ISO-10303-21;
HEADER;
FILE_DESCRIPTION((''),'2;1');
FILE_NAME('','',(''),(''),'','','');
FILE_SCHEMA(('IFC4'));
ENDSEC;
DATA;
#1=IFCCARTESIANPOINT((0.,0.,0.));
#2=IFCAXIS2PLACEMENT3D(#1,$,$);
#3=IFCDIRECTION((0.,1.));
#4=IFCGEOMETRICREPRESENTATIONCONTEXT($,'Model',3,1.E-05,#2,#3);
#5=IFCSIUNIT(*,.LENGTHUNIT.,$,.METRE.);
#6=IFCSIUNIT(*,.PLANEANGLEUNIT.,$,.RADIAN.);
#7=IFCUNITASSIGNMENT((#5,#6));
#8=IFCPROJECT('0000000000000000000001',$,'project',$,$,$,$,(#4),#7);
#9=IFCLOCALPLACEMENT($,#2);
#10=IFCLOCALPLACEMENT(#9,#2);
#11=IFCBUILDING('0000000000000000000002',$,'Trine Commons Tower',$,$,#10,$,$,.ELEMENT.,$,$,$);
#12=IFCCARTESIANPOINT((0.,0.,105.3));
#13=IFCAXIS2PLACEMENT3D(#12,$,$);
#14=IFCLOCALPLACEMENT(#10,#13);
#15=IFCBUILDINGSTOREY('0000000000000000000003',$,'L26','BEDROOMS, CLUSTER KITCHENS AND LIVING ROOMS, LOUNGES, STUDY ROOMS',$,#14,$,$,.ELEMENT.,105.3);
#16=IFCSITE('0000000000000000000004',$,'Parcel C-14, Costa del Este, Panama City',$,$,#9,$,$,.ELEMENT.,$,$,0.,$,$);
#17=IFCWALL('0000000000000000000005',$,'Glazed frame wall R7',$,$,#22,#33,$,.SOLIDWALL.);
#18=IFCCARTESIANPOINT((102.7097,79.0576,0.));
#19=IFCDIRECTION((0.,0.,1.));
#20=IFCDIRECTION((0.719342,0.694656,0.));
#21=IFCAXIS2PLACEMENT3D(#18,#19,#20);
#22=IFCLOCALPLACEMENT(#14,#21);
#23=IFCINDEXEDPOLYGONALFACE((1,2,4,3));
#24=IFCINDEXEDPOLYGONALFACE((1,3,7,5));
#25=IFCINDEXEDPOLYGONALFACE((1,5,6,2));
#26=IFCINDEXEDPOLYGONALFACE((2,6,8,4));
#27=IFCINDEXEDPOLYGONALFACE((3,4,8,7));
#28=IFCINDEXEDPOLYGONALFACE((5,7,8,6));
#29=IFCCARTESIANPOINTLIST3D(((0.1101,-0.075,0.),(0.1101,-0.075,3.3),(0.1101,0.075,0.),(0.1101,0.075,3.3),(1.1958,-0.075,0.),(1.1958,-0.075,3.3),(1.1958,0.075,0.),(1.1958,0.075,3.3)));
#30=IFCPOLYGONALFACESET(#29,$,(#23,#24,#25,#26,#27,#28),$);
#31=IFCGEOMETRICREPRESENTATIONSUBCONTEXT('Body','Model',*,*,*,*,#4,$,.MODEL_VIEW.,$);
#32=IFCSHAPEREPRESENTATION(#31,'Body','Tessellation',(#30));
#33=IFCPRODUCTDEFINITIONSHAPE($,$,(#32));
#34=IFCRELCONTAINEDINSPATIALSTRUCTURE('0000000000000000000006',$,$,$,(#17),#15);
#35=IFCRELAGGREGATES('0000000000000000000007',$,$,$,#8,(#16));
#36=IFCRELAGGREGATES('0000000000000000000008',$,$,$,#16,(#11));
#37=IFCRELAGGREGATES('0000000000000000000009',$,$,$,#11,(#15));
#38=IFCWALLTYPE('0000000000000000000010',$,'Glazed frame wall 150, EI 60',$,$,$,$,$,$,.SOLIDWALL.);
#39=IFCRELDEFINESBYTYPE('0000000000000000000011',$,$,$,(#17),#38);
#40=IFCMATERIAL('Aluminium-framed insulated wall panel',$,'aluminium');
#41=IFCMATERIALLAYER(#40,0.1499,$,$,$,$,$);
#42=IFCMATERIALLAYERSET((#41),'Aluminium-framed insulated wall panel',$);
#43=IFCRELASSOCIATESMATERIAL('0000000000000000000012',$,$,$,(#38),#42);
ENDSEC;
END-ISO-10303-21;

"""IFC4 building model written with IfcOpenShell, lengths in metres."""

from ifc_helpers import new_model, si_unit, direction, frame, origin, place, context, subcontext, project, spatial, polyline, outline, extrude, material, layer, layer_set, type_object, element, save


model = new_model("IFC4")

# Units and contexts
model_context = context("Model", 3, precision=1e-05, world=origin(), true_north=direction((0.0, 1.0)))
body_context = subcontext(model_context, "Body", "Model", "MODEL_VIEW")
ifc_project = project(units=[si_unit("LENGTHUNIT", "METRE"), si_unit("PLANEANGLEUNIT", "RADIAN")], contexts=[model_context])

# Site, building, storey
site_placement = place(None, origin())
site = spatial("IfcSite", under=ifc_project, at=site_placement, Name="Parcel C-14, Costa del Este, Panama City", CompositionType="ELEMENT", RefElevation=0.0)
building_placement = place(site_placement, origin())
building = spatial("IfcBuilding", under=site, at=building_placement, Name="Trine Commons Tower", CompositionType="ELEMENT")
storey_placement = place(building_placement, frame((0.0, 0.0, 105.3)))
storey = spatial("IfcBuildingStorey", under=building, at=storey_placement, Name="L26", Description="BEDROOMS, CLUSTER KITCHENS AND LIVING ROOMS, LOUNGES, STUDY ROOMS", CompositionType="ELEMENT", Elevation=105.3)

# Wall
ifc_material_1 = material(Name="Aluminium-framed insulated wall panel", Category="aluminium")
ifc_layer_1 = layer(ifc_material_1, 0.1499)
ifc_layer_set_1 = layer_set([ifc_layer_1], Name="Aluminium-framed insulated wall panel")
wall_type_1 = type_object("IfcWallType", Name="Glazed frame wall 150, EI 60", PredefinedType="SOLIDWALL", material=ifc_layer_set_1)
wall_1_placement = place(storey_placement, frame((102.7097, 79.0576, 0.0), z_axis=(0.0, 0.0, 1.0), x_axis=(0.719342, 0.694656, 0.0)))
element("IfcWall", 1, at=wall_1_placement, inside=storey, type_object=wall_type_1, Name="Glazed frame wall R7", PredefinedType="SOLIDWALL", context=body_context, shape_type="SweptSolid", body=[
    extrude(outline(polyline([(0.1101, 0.075), (0.1101, -0.075), (1.1958, -0.075), (1.1958, 0.075), (0.1101, 0.075)])), origin(), (0.0, 0.0, 1.0), 3.3),
])

save(model, "model.ifc")
